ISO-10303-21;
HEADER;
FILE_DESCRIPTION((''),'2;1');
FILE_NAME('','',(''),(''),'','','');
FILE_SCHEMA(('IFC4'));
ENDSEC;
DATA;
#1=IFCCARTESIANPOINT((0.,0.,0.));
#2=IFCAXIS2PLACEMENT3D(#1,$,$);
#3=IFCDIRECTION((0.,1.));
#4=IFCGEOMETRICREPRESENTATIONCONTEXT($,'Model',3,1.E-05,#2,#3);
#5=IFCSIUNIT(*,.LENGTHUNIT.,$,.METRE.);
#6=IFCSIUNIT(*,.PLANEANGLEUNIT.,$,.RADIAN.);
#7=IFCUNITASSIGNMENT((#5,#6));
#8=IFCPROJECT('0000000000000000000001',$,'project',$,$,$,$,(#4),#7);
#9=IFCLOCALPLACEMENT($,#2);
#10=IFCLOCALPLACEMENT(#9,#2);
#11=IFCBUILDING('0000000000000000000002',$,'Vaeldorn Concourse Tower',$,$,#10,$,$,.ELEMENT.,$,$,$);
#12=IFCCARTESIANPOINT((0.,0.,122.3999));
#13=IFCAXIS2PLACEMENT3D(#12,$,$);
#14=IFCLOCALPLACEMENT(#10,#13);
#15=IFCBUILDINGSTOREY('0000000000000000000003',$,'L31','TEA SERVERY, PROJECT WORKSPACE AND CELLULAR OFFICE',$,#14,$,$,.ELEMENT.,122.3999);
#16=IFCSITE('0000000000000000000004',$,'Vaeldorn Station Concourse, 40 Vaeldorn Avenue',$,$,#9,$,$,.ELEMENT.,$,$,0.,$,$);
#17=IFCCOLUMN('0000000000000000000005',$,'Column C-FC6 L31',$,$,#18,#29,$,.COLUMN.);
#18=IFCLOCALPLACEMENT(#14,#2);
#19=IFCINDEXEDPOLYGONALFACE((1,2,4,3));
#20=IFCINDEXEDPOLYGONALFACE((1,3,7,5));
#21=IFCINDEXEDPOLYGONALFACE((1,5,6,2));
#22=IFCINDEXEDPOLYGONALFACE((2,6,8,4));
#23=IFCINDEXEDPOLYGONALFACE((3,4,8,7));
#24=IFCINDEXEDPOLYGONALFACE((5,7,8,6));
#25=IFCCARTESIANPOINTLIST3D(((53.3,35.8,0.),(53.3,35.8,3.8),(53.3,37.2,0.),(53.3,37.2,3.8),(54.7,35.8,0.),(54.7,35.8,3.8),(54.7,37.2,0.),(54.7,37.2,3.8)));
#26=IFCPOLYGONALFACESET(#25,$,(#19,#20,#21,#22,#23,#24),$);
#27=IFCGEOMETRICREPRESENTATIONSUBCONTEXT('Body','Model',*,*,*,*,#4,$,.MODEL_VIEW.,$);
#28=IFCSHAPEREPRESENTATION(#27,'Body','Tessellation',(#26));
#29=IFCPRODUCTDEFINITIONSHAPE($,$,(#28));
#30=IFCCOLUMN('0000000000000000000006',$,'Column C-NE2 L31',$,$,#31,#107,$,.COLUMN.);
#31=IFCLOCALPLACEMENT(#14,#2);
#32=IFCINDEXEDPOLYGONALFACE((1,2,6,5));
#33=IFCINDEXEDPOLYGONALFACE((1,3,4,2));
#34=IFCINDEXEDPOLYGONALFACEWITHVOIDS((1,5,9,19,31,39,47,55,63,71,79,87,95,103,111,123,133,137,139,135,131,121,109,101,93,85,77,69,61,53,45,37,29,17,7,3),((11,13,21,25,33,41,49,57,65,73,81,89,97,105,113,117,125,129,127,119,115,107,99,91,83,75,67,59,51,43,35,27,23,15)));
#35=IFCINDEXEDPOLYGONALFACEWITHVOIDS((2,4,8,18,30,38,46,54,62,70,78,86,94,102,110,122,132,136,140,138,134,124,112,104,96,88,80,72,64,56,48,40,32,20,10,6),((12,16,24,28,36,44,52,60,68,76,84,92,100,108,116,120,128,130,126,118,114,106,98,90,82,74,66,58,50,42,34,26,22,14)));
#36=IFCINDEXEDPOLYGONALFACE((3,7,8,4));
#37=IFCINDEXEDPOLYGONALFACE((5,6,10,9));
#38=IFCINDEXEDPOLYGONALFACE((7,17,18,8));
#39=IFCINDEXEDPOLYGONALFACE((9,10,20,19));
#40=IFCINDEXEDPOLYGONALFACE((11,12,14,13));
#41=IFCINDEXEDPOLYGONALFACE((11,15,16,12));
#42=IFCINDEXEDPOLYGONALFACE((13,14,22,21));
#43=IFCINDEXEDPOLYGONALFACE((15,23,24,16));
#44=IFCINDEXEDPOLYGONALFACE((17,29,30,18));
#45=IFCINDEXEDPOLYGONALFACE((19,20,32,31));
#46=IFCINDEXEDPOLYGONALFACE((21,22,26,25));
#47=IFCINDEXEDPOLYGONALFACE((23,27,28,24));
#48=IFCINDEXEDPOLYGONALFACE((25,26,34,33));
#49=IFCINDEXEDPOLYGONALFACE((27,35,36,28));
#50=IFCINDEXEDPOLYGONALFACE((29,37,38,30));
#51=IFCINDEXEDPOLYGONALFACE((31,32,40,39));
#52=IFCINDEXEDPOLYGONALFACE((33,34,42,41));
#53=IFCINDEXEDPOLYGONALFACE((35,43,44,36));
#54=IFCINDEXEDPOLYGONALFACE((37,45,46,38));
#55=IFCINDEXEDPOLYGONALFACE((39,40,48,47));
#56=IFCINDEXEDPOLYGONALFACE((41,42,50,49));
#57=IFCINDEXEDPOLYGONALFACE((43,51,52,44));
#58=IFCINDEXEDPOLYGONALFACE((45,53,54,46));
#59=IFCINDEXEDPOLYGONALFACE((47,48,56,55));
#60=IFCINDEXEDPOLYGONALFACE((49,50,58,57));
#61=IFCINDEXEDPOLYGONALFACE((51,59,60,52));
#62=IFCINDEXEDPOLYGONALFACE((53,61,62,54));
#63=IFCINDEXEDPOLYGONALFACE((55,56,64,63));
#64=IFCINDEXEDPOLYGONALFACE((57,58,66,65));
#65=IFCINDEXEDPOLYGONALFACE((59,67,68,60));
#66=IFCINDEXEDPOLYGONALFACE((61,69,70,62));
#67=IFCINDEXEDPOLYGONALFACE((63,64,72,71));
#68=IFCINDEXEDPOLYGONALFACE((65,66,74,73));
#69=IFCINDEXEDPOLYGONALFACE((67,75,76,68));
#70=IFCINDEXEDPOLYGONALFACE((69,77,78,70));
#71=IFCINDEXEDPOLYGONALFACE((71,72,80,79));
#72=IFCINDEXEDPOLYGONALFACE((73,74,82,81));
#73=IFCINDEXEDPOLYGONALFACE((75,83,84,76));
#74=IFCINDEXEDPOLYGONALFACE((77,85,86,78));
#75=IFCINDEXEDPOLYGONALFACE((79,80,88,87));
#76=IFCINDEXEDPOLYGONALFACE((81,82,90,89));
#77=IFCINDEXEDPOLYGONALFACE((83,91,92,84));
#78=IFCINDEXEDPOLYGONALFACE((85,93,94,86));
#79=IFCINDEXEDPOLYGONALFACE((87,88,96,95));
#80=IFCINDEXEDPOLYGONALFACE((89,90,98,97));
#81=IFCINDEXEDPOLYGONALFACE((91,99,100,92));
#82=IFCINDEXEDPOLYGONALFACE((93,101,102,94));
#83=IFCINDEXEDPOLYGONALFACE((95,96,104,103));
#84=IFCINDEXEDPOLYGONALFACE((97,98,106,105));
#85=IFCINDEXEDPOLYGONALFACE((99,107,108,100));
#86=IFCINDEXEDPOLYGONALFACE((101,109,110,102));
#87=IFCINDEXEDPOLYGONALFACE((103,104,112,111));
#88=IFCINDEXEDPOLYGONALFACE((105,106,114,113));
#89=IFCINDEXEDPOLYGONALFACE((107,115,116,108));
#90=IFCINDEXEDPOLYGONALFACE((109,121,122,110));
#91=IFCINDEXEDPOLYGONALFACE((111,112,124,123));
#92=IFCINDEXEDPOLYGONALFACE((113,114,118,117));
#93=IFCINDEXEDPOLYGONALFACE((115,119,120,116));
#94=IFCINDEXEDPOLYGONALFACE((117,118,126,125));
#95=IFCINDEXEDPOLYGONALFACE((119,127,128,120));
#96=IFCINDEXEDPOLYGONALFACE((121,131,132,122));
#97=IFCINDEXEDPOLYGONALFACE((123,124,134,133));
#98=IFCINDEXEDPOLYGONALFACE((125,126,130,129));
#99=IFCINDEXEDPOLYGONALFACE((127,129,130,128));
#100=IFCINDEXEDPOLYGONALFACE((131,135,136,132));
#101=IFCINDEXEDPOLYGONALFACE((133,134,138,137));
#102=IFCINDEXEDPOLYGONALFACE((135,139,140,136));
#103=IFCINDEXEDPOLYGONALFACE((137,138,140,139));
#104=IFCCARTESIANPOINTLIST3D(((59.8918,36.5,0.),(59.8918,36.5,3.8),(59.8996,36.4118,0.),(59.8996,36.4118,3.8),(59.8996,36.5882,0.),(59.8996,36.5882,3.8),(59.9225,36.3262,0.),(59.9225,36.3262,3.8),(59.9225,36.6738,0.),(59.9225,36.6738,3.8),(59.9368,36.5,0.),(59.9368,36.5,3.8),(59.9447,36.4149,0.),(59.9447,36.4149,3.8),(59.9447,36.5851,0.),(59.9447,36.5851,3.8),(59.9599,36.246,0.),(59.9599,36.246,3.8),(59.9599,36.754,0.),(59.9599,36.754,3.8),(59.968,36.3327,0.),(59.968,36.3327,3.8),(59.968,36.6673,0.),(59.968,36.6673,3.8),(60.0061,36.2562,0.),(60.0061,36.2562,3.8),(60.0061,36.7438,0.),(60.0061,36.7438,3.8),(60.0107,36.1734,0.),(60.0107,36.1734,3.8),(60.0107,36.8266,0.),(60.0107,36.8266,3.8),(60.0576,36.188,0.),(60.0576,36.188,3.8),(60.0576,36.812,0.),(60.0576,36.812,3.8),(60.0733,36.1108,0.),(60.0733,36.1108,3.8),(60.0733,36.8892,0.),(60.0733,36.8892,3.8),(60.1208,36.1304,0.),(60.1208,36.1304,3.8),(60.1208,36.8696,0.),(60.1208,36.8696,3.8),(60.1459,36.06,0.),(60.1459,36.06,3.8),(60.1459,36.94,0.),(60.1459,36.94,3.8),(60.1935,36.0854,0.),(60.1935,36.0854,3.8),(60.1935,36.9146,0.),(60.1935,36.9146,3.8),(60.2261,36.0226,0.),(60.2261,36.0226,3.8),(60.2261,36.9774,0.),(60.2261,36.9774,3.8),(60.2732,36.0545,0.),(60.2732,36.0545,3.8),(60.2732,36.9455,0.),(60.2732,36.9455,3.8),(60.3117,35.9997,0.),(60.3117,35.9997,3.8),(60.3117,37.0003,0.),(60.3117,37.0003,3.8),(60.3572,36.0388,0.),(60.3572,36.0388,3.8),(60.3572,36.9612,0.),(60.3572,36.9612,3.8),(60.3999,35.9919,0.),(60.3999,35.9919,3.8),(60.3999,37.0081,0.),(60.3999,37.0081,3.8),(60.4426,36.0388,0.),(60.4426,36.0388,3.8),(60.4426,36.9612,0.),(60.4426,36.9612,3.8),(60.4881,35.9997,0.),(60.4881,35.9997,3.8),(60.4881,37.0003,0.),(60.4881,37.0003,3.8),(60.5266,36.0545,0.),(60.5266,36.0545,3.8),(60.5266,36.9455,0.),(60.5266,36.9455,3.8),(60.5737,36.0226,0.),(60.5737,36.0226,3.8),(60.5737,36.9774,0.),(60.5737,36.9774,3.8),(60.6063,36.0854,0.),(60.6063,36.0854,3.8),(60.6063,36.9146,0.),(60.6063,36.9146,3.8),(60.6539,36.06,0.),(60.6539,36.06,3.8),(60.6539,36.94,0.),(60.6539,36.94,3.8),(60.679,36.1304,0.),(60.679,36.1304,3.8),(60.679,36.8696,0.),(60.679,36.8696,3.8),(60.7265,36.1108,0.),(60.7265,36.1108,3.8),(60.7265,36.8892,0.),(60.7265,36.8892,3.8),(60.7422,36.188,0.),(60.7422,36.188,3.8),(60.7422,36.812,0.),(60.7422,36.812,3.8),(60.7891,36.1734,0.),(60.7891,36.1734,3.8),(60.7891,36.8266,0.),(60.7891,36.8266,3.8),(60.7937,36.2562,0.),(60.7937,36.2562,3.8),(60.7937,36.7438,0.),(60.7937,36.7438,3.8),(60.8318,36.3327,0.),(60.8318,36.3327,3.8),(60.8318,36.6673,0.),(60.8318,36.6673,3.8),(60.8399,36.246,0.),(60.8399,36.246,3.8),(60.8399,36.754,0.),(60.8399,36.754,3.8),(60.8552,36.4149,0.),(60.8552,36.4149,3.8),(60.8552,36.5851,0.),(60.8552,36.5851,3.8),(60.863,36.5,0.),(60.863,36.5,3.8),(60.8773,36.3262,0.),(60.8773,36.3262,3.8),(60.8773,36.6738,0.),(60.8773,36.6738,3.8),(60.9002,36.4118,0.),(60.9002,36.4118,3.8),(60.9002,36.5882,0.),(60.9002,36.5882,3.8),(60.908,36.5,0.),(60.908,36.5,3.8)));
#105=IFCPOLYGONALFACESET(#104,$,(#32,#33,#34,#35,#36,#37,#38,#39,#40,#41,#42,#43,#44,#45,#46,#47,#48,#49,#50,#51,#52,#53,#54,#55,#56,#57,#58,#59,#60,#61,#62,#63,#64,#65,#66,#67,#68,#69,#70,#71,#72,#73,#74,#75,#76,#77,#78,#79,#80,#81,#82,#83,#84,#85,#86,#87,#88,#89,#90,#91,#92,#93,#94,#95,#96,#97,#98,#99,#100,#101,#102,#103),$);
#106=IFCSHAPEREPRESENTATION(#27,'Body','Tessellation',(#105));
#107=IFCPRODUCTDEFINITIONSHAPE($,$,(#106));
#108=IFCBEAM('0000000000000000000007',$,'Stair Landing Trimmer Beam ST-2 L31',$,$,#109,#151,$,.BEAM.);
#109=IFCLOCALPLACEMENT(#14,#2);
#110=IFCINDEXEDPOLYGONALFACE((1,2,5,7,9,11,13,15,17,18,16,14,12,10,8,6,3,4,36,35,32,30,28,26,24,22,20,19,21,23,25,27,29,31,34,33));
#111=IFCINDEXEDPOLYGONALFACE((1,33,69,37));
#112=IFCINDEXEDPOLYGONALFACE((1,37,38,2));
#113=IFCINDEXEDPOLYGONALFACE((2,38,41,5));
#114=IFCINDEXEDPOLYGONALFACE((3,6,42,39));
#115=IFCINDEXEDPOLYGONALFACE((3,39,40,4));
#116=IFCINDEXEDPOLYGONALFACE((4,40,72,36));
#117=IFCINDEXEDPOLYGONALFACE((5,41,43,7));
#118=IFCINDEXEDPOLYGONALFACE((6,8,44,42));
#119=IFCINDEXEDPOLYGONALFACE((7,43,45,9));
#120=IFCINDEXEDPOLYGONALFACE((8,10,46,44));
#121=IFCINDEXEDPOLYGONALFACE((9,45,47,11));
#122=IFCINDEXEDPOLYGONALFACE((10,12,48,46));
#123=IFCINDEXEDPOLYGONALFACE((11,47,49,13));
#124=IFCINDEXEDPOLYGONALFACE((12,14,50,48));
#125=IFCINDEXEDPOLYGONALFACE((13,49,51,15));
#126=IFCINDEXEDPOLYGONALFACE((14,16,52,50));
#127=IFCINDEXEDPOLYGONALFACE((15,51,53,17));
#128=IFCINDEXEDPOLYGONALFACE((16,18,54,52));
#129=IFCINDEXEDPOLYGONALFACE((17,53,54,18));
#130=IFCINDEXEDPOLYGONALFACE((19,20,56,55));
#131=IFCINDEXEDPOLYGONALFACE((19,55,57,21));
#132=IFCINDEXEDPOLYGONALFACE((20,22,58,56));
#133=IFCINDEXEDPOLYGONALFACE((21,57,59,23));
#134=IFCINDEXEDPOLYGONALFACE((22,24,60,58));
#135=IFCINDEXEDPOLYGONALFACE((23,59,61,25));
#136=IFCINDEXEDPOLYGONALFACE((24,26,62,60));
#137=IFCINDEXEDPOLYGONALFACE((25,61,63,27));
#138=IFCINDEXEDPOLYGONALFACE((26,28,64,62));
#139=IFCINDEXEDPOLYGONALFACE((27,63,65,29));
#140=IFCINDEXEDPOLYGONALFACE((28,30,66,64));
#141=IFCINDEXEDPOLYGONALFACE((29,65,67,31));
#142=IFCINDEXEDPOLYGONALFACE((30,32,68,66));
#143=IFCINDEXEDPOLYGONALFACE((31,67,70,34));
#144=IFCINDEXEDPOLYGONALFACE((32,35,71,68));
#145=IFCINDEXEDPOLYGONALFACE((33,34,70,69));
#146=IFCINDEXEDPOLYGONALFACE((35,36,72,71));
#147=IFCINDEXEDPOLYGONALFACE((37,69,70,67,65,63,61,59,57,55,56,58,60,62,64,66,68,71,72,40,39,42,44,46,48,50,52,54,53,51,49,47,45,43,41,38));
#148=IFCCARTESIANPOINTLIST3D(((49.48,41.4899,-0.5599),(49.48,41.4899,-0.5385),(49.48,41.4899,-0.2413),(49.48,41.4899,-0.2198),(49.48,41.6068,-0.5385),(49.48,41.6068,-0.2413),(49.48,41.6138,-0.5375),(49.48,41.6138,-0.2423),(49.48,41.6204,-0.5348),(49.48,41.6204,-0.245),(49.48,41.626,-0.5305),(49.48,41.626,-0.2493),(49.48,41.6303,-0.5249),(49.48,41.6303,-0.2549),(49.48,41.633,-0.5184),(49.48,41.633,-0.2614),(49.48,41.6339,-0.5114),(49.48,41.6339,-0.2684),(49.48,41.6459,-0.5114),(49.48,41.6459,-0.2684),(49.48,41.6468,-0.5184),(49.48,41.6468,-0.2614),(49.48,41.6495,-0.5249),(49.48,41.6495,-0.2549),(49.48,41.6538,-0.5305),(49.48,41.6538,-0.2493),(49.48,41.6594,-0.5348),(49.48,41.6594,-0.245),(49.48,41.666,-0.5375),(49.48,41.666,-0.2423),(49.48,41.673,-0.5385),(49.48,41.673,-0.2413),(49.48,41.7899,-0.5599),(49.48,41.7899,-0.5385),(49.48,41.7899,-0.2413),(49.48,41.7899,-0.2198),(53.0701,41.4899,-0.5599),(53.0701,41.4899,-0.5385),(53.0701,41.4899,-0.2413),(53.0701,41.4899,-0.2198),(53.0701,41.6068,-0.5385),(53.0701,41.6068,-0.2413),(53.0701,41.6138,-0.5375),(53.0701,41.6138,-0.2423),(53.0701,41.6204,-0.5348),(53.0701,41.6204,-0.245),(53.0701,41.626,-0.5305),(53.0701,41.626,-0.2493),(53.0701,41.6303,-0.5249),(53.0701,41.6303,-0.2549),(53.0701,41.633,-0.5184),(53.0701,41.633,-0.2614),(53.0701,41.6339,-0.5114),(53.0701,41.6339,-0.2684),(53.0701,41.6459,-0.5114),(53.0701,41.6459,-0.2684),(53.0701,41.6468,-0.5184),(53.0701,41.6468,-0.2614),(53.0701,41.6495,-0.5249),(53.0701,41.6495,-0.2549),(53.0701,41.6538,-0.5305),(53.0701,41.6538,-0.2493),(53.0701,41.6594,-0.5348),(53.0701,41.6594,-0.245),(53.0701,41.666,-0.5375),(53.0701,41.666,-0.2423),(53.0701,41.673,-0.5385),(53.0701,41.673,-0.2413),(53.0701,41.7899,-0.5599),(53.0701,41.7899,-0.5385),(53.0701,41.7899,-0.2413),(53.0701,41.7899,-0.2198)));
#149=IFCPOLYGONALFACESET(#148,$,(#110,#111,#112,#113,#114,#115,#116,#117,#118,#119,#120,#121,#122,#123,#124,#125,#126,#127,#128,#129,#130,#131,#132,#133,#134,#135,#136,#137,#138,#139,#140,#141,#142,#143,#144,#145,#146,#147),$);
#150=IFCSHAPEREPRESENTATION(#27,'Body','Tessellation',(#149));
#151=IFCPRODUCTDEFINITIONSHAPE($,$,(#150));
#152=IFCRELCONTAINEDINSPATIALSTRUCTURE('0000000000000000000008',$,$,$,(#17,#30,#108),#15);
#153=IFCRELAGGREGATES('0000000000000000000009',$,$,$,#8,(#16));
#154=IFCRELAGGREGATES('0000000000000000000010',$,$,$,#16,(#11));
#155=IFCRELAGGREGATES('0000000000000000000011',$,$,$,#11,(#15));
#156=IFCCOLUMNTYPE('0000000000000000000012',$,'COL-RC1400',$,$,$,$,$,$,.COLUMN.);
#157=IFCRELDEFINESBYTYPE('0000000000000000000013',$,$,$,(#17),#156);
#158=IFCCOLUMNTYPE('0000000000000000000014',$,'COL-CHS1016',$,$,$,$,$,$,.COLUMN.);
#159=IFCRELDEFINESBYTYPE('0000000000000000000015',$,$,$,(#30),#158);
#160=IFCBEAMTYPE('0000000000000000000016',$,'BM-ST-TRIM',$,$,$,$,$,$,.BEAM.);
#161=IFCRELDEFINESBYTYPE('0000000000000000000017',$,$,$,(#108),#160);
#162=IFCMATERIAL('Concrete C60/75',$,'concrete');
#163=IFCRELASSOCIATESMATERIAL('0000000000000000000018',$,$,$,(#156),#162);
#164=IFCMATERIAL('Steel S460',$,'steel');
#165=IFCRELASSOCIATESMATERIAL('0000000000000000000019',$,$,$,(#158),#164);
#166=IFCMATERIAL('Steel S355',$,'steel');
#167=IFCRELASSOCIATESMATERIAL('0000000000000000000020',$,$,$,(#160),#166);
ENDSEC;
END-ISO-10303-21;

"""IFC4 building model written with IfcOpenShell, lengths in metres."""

from ifc_helpers import new_model, si_unit, direction, frame, origin, origin_2d, place, context, subcontext, project, spatial, rectangle, hollow_circle, i_section, extrude, source, transform, mapped, material, material_profile, profile_set, type_object, element, save


model = new_model("IFC4")

# Units and contexts
model_context = context("Model", 3, precision=1e-05, world=origin(), true_north=direction((0.0, 1.0)))
body_context = subcontext(model_context, "Body", "Model", "MODEL_VIEW")
ifc_project = project(units=[si_unit("LENGTHUNIT", "METRE"), si_unit("PLANEANGLEUNIT", "RADIAN")], contexts=[model_context])

# Site, building, storey
site_placement = place(None, origin())
site = spatial("IfcSite", under=ifc_project, at=site_placement, Name="Vaeldorn Station Concourse, 40 Vaeldorn Avenue", CompositionType="ELEMENT", RefElevation=0.0)
building_placement = place(site_placement, origin())
building = spatial("IfcBuilding", under=site, at=building_placement, Name="Vaeldorn Concourse Tower", CompositionType="ELEMENT")
storey_placement = place(building_placement, frame((0.0, 0.0, 122.3999)))
storey = spatial("IfcBuildingStorey", under=building, at=storey_placement, Name="L31", Description="TEA SERVERY, PROJECT WORKSPACE AND CELLULAR OFFICE", CompositionType="ELEMENT", Elevation=122.3999)

# Columns
ifc_material_1 = material(Name="Concrete C60/75", Category="concrete")
ifc_material_profile_1 = material_profile(ifc_material_1, rectangle(XDim=1.3999, YDim=1.3999, at=origin_2d()), Name="RC 1400x1400")
ifc_profile_set_1 = profile_set([ifc_material_profile_1], Name="Concrete C60/75")
column_type_1 = type_object("IfcColumnType", Name="COL-RC1400", PredefinedType="COLUMN", material=ifc_profile_set_1)
shared_shape_1 = source(origin(), body_context, "Body", "SweptSolid", [
    extrude(rectangle(XDim=1.3999, YDim=1.3999, at=origin_2d()), origin(), (0.0, 0.0, 1.0), 3.8),
])
column_1_placement = place(storey_placement, frame((54.0, 36.5, 0.0), z_axis=(0.0, 0.0, 1.0), x_axis=(1.0, 0.0, 0.0)))
element("IfcColumn", 1, at=column_1_placement, inside=storey, type_object=column_type_1, Name="Column C-FC6 L31", PredefinedType="COLUMN", context=body_context, shape_type="MappedRepresentation", body=[
    mapped(shared_shape_1, transform((0.0, 0.0, 0.0), scale=1.0)),
])
ifc_material_2 = material(Name="Steel S460", Category="steel")
ifc_material_profile_2 = material_profile(ifc_material_2, hollow_circle(Radius=0.5081, WallThickness=0.0449, at=origin_2d()), Name="CHS 1016x45")
ifc_profile_set_2 = profile_set([ifc_material_profile_2], Name="Steel S460")
column_type_2 = type_object("IfcColumnType", Name="COL-CHS1016", PredefinedType="COLUMN", material=ifc_profile_set_2)
shared_shape_2 = source(origin(), body_context, "Body", "SweptSolid", [
    extrude(hollow_circle(Radius=0.5081, WallThickness=0.0449, at=origin_2d()), origin(), (0.0, 0.0, 1.0), 3.8),
])
column_2_placement = place(storey_placement, frame((60.3999, 36.5, 0.0), z_axis=(0.0, 0.0, 1.0), x_axis=(1.0, 0.0, 0.0)))
element("IfcColumn", 2, at=column_2_placement, inside=storey, type_object=column_type_2, Name="Column C-NE2 L31", PredefinedType="COLUMN", context=body_context, shape_type="MappedRepresentation", body=[
    mapped(shared_shape_2, transform((0.0, 0.0, 0.0), scale=1.0)),
])

# Beam
ifc_material_3 = material(Name="Steel S355", Category="steel")
ifc_material_profile_3 = material_profile(ifc_material_3, i_section(OverallWidth=0.3, OverallDepth=0.3401, WebThickness=0.012, FlangeThickness=0.0215, FilletRadius=0.0271, at=origin_2d()), Name="HEB 340")
ifc_profile_set_3 = profile_set([ifc_material_profile_3], Name="Steel S355")
beam_type_1 = type_object("IfcBeamType", Name="BM-ST-TRIM", PredefinedType="BEAM", material=ifc_profile_set_3)
shared_shape_3 = source(origin(), body_context, "Body", "SweptSolid", [
    extrude(i_section(OverallWidth=0.3, OverallDepth=0.3401, WebThickness=0.012, FlangeThickness=0.0215, FilletRadius=0.0271, at=origin_2d()), origin(), (0.0, 0.0, 1.0), 3.5901),
])
beam_1_placement = place(storey_placement, frame((49.48, 41.6399, -0.3899), z_axis=(1.0, 0.0, 0.0), x_axis=(0.0, 1.0, 0.0)))
element("IfcBeam", 3, at=beam_1_placement, inside=storey, type_object=beam_type_1, Name="Stair Landing Trimmer Beam ST-2 L31", PredefinedType="BEAM", context=body_context, shape_type="MappedRepresentation", body=[
    mapped(shared_shape_3, transform((0.0, 0.0, 0.0), scale=1.0)),
])

save(model, "model.ifc")
